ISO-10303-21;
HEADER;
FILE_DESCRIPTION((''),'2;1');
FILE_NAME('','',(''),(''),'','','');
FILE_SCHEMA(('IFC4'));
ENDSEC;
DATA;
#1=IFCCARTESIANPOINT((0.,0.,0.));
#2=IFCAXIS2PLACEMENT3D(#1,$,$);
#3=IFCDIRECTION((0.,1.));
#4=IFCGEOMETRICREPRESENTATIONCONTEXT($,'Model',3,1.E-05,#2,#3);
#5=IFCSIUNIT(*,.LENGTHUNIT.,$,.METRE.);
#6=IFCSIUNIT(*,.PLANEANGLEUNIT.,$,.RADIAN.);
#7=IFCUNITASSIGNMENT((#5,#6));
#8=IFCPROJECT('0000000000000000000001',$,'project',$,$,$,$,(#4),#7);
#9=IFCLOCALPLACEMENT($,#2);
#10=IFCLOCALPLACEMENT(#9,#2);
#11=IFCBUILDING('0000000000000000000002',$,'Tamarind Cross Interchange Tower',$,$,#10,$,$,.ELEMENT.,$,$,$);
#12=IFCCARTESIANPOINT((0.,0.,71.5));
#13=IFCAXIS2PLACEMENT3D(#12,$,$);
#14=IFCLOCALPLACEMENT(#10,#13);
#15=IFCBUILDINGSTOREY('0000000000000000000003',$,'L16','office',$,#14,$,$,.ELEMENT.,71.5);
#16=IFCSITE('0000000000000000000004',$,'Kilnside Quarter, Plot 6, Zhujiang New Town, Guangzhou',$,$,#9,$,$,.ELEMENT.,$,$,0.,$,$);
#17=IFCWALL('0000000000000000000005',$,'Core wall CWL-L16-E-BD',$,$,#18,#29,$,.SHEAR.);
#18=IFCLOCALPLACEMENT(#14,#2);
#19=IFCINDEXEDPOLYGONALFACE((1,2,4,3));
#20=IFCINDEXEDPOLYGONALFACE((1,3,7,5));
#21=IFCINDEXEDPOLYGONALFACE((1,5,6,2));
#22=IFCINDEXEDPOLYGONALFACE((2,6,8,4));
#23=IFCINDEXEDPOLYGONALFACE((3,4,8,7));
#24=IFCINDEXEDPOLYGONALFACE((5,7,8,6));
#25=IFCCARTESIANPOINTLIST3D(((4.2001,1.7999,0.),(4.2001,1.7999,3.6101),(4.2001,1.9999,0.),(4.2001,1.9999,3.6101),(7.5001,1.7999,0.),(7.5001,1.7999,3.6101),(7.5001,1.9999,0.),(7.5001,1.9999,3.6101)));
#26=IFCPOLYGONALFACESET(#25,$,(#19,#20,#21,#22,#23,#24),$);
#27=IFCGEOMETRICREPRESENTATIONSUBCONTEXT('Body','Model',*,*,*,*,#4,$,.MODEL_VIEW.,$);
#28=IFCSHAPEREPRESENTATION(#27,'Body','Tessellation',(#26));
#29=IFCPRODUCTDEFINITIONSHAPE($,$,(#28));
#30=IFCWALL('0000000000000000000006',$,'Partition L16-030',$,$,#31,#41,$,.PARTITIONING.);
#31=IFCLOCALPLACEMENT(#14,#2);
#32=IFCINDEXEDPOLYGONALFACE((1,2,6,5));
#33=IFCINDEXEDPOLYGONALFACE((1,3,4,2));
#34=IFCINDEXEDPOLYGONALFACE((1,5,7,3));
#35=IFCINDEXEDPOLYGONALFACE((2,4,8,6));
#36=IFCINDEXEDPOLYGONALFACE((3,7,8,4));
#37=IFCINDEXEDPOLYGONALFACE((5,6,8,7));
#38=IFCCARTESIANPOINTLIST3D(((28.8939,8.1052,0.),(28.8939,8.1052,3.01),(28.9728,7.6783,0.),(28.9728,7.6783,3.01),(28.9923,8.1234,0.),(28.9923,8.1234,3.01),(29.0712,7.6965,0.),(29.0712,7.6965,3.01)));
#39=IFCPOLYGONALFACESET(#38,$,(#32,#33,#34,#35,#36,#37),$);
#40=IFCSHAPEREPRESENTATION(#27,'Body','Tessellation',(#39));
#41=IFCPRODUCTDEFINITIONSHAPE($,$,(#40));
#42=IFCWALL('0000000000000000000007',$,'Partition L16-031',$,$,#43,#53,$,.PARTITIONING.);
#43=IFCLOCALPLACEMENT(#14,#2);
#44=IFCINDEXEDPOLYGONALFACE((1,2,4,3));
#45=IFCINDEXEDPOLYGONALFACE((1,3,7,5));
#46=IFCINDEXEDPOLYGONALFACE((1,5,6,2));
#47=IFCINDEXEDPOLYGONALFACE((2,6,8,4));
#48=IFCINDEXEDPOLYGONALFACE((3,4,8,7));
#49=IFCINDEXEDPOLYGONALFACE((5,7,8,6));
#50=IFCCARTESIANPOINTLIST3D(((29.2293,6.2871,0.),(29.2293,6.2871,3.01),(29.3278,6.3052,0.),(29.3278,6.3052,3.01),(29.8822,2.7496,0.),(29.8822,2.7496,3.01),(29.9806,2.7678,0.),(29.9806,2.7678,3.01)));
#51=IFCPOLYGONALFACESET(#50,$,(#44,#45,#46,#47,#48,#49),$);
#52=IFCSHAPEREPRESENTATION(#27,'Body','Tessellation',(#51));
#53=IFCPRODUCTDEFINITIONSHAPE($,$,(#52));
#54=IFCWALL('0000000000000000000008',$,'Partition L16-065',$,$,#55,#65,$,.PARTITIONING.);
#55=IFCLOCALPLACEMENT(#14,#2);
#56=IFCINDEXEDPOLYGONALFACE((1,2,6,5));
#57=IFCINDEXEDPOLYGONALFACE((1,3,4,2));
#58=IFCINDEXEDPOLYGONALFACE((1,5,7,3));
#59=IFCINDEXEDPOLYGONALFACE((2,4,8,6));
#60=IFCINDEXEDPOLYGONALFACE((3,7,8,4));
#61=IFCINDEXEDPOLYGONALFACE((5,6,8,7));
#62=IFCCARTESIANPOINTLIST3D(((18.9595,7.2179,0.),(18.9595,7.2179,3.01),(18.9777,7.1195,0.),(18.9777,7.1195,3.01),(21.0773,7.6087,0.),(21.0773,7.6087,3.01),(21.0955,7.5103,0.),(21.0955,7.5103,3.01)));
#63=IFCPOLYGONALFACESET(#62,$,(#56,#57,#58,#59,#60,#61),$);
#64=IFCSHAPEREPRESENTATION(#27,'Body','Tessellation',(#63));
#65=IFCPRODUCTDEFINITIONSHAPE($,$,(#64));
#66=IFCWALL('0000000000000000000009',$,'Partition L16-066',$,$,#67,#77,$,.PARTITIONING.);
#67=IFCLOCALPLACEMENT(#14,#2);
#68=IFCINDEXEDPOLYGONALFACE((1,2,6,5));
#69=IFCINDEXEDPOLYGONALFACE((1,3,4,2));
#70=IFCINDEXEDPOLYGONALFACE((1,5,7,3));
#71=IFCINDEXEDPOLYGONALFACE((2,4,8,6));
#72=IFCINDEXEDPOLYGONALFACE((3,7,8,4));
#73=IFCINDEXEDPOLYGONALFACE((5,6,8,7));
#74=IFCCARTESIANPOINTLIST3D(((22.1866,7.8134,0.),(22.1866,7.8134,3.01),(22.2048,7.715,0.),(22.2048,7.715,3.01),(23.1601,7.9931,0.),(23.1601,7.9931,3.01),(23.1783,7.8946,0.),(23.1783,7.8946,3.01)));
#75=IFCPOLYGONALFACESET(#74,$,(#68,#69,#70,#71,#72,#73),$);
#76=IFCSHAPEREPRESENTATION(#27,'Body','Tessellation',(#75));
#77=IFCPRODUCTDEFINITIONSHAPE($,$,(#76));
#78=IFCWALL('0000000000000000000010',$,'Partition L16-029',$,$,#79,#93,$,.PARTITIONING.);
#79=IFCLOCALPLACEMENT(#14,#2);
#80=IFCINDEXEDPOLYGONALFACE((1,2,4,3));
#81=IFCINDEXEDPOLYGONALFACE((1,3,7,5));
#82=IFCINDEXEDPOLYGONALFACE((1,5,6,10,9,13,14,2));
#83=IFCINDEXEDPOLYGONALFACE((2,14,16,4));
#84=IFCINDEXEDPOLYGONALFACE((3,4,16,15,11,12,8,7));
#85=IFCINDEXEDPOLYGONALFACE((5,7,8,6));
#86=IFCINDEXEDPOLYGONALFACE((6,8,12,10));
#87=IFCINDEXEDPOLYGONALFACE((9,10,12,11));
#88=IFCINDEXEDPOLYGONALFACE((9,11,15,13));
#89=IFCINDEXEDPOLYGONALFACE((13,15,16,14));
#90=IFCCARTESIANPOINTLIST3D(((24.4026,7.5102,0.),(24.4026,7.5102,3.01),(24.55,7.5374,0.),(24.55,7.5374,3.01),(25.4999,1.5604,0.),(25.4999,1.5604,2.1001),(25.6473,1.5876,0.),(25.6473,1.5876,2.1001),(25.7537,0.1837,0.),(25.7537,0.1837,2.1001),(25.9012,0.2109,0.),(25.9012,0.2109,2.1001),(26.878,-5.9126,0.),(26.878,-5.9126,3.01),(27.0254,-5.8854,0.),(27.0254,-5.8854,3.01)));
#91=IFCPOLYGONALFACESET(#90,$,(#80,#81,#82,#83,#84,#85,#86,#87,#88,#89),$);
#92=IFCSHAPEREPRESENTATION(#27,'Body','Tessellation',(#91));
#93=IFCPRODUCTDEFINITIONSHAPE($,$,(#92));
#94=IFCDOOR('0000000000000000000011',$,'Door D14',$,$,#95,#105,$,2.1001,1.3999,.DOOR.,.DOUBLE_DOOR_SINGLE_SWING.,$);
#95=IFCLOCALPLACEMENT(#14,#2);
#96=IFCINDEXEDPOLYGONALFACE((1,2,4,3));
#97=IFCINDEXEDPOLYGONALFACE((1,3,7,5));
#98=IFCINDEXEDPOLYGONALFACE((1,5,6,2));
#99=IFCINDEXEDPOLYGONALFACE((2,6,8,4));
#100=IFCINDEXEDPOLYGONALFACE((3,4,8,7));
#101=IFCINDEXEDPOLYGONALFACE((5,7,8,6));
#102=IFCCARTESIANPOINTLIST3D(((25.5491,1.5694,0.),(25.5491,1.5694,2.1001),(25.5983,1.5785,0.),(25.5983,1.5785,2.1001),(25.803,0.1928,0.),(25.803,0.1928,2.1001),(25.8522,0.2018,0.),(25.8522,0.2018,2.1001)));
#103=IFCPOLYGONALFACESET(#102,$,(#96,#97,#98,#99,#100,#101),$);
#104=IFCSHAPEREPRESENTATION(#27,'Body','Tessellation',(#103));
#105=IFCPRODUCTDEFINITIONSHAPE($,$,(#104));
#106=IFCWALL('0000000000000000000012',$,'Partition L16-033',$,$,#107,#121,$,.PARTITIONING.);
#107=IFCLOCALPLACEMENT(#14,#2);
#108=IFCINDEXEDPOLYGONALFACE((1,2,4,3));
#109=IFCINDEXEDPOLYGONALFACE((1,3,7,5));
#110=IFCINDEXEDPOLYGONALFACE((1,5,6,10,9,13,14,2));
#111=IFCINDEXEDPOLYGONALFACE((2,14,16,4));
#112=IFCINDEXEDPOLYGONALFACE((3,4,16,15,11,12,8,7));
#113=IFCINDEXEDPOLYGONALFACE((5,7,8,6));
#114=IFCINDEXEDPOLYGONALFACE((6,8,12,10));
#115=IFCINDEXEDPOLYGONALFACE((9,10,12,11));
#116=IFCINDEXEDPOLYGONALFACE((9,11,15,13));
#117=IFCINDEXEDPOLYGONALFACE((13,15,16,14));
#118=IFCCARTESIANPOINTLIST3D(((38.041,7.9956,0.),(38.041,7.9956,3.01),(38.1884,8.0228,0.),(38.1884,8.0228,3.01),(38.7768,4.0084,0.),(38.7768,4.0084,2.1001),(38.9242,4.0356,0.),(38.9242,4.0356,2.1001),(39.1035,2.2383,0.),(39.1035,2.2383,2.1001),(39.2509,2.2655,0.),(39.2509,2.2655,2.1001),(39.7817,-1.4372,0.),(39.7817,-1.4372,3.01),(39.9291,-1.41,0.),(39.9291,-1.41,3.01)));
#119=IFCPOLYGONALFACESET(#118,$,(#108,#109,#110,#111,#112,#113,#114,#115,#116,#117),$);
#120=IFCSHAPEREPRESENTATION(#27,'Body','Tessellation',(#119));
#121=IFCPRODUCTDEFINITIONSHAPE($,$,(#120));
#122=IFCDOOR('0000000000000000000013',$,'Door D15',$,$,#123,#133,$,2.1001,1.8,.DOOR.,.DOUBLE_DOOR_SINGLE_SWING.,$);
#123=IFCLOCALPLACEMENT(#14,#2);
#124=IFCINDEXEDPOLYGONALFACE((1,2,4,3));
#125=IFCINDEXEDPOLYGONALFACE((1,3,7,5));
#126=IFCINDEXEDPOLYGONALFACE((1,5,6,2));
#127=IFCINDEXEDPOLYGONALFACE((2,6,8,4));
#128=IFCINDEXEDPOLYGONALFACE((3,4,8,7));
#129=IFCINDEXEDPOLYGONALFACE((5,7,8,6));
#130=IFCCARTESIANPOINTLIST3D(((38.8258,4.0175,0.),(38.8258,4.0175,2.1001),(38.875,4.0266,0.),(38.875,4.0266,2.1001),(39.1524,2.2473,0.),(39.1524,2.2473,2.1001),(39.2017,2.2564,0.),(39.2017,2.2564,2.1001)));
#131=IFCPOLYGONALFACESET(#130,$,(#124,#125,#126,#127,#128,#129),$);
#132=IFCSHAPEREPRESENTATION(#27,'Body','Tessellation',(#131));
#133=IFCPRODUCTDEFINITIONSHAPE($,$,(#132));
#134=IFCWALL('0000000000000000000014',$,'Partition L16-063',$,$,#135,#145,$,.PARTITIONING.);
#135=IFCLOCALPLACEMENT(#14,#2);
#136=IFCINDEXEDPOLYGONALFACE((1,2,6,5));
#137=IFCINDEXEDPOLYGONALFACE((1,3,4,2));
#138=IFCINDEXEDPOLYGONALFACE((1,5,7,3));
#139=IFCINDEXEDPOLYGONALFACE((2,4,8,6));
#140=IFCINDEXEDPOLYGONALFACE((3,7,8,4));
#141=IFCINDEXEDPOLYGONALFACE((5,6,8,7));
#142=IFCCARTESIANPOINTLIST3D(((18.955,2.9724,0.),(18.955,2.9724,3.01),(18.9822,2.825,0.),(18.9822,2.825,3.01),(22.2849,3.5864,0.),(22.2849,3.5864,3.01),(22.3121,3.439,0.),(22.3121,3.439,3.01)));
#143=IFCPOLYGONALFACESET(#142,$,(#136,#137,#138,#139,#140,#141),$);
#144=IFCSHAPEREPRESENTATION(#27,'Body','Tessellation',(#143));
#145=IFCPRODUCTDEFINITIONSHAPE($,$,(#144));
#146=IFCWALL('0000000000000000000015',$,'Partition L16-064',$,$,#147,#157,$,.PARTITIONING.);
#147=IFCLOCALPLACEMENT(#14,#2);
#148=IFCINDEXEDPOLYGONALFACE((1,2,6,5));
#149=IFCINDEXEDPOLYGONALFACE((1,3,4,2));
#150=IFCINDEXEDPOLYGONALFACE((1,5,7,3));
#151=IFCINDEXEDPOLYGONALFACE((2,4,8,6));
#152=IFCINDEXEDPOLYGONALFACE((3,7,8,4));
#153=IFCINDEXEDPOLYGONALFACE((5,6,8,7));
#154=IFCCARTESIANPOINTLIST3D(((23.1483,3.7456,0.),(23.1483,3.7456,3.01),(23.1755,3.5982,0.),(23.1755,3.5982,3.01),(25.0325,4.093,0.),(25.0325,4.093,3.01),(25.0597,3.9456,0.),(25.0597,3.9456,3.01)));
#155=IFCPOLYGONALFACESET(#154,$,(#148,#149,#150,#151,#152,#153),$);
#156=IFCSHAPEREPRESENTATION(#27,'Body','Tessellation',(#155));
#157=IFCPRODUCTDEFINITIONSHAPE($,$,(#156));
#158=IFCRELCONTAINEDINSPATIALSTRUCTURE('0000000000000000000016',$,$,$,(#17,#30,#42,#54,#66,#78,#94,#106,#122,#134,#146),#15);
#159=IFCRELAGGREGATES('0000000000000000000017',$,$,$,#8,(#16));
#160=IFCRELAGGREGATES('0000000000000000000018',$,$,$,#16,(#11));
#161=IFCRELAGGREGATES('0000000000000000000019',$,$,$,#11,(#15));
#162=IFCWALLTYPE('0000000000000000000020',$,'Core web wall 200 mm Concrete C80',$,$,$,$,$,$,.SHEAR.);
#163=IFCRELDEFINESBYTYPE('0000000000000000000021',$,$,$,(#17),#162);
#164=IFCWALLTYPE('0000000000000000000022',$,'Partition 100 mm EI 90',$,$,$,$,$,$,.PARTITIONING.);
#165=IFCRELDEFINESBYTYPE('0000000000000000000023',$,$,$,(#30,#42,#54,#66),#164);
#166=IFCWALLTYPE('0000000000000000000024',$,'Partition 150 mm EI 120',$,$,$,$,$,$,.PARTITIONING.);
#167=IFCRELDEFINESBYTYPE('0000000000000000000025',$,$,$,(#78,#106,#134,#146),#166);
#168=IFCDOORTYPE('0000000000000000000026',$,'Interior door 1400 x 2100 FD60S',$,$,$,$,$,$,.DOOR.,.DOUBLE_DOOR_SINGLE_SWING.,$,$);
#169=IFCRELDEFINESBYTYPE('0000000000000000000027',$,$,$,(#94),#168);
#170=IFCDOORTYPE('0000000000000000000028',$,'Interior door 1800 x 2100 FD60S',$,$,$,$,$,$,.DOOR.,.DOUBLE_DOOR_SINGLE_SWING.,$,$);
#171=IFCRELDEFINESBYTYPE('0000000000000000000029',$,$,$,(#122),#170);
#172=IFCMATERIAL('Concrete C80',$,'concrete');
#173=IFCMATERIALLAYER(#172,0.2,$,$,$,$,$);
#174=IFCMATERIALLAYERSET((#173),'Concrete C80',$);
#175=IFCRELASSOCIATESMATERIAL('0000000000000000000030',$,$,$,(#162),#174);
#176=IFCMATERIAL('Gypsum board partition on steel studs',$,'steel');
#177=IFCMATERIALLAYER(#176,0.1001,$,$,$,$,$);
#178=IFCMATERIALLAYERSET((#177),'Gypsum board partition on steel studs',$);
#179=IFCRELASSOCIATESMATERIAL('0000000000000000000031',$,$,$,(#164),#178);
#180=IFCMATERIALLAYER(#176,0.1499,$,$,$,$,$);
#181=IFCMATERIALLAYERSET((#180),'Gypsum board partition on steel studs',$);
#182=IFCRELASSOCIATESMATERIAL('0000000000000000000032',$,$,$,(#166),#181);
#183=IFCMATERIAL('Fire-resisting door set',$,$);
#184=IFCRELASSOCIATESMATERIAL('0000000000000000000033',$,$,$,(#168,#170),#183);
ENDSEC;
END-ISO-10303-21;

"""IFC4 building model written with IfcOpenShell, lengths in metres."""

from ifc_helpers import new_model, si_unit, direction, frame, frame_2d, origin, place, context, subcontext, project, spatial, rectangle, extrude, material, layer, layer_set, type_object, element, fill, save


model = new_model("IFC4")

# Units and contexts
model_context = context("Model", 3, precision=1e-05, world=origin(), true_north=direction((0.0, 1.0)))
body_context = subcontext(model_context, "Body", "Model", "MODEL_VIEW")
ifc_project = project(units=[si_unit("LENGTHUNIT", "METRE"), si_unit("PLANEANGLEUNIT", "RADIAN")], contexts=[model_context])

# Site, building, storey
site_placement = place(None, origin())
site = spatial("IfcSite", under=ifc_project, at=site_placement, Name="Kilnside Quarter, Plot 6, Zhujiang New Town, Guangzhou", CompositionType="ELEMENT", RefElevation=0.0)
building_placement = place(site_placement, origin())
building = spatial("IfcBuilding", under=site, at=building_placement, Name="Tamarind Cross Interchange Tower", CompositionType="ELEMENT")
storey_placement = place(building_placement, frame((0.0, 0.0, 71.5)))
storey = spatial("IfcBuildingStorey", under=building, at=storey_placement, Name="L16", Description="office", CompositionType="ELEMENT", Elevation=71.5)

# Walls
ifc_material_1 = material(Name="Concrete C80", Category="concrete")
ifc_layer_1 = layer(ifc_material_1, 0.2)
ifc_layer_set_1 = layer_set([ifc_layer_1], Name="Concrete C80")
wall_type_1 = type_object("IfcWallType", Name="Core web wall 200 mm Concrete C80", PredefinedType="SHEAR", material=ifc_layer_set_1)
wall_1_placement = place(storey_placement, frame((7.5, 1.8999, 0.0), z_axis=(0.0, 0.0, 1.0), x_axis=(-1.0, 0.0, 0.0)))
element("IfcWall", 1, at=wall_1_placement, inside=storey, type_object=wall_type_1, Name="Core wall CWL-L16-E-BD", PredefinedType="SHEAR", context=body_context, shape_type="SweptSolid", body=[
    extrude(rectangle(XDim=3.3, YDim=0.2, at=frame_2d((1.6499, 0.0))), origin(), (0.0, 0.0, 1.0), 3.6101),
])
ifc_material_2 = material(Name="Gypsum board partition on steel studs", Category="steel")
ifc_layer_2 = layer(ifc_material_2, 0.1001)
ifc_layer_set_2 = layer_set([ifc_layer_2], Name="Gypsum board partition on steel studs")
wall_type_2 = type_object("IfcWallType", Name="Partition 100 mm EI 90", PredefinedType="PARTITIONING", material=ifc_layer_set_2)
wall_2_placement = place(storey_placement, frame((28.9431, 8.1143, 0.0), z_axis=(0.0, 0.0, 1.0), x_axis=(0.181706, -0.983353, 0.0)))
element("IfcWall", 2, at=wall_2_placement, inside=storey, type_object=wall_type_2, Name="Partition L16-030", PredefinedType="PARTITIONING", context=body_context, shape_type="SweptSolid", body=[
    extrude(rectangle(XDim=0.4341, YDim=0.1001, at=frame_2d((0.217, 0.0))), origin(), (0.0, 0.0, 1.0), 3.01),
])
wall_3_placement = place(storey_placement, frame((29.2786, 6.2961, 0.0), z_axis=(0.0, 0.0, 1.0), x_axis=(0.181489, -0.983393, 0.0)))
element("IfcWall", 3, at=wall_3_placement, inside=storey, type_object=wall_type_2, Name="Partition L16-031", PredefinedType="PARTITIONING", context=body_context, shape_type="SweptSolid", body=[
    extrude(rectangle(XDim=3.5972, YDim=0.1001, at=frame_2d((1.7986, 0.0))), origin(), (0.0, 0.0, 1.0), 3.01),
])
wall_4_placement = place(storey_placement, frame((18.9688, 7.1687, 0.0), z_axis=(0.0, 0.0, 1.0), x_axis=(0.983393, 0.181488, 0.0)))
element("IfcWall", 4, at=wall_4_placement, inside=storey, type_object=wall_type_2, Name="Partition L16-065", PredefinedType="PARTITIONING", context=body_context, shape_type="SweptSolid", body=[
    extrude(rectangle(XDim=2.1536, YDim=0.1001, at=frame_2d((1.0767, 0.0))), origin(), (0.0, 0.0, 1.0), 3.01),
])
wall_5_placement = place(storey_placement, frame((22.1956, 7.7642, 0.0), z_axis=(0.0, 0.0, 1.0), x_axis=(0.983393, 0.181489, 0.0)))
element("IfcWall", 5, at=wall_5_placement, inside=storey, type_object=wall_type_2, Name="Partition L16-066", PredefinedType="PARTITIONING", context=body_context, shape_type="SweptSolid", body=[
    extrude(rectangle(XDim=0.99, YDim=0.1001, at=frame_2d((0.4951, 0.0))), origin(), (0.0, 0.0, 1.0), 3.01),
])

# Walls, openings, doors
ifc_layer_3 = layer(ifc_material_2, 0.1499)
ifc_layer_set_3 = layer_set([ifc_layer_3], Name="Gypsum board partition on steel studs")
wall_type_3 = type_object("IfcWallType", Name="Partition 150 mm EI 120", PredefinedType="PARTITIONING", material=ifc_layer_set_3)
wall_6_placement = place(storey_placement, frame((24.4763, 7.5239, 0.0), z_axis=(0.0, 0.0, 1.0), x_axis=(0.181355, -0.983418, 0.0)))
wall_6 = element("IfcWall", 6, at=wall_6_placement, inside=storey, type_object=wall_type_3, Name="Partition L16-029", PredefinedType="PARTITIONING", context=body_context, shape_type="SweptSolid", body=[
    extrude(rectangle(XDim=13.6492, YDim=0.1499, at=frame_2d((6.8247, 0.0))), origin(), (0.0, 0.0, 1.0), 3.01),
])
opening_1_placement = place(wall_6_placement, frame((6.0503, 0.0, 0.0)))
opening_1 = element("IfcOpeningElement", 7, at=opening_1_placement, cuts=wall_6, PredefinedType="OPENING", context=body_context, shape_type="SweptSolid", body=[
    extrude(rectangle(XDim=1.3999, YDim=2.1001, at=frame_2d((0.7, 1.05))), frame((0.0, 0.085, 0.0), z_axis=(0.0, -1.0, 0.0), x_axis=(1.0, 0.0, 0.0)), (0.0, 0.0, 1.0), 0.1699),
])
ifc_material_3 = material(Name="Fire-resisting door set")
door_type_1 = type_object("IfcDoorType", Name="Interior door 1400 x 2100 FD60S", OperationType="DOUBLE_DOOR_SINGLE_SWING", PredefinedType="DOOR", material=ifc_material_3)
door_1_placement = place(opening_1_placement, frame((1.3999, 0.0, 0.0), z_axis=(0.0, 0.0, 1.0), x_axis=(-1.0, 0.0, 0.0)))
door_1 = element("IfcDoor", 8, at=door_1_placement, inside=storey, type_object=door_type_1, Name="Door D14", OperationType="DOUBLE_DOOR_SINGLE_SWING", OverallHeight=2.1001, OverallWidth=1.3999, PredefinedType="DOOR", context=body_context, shape_type="SweptSolid", body=[
    extrude(rectangle(XDim=1.3999, YDim=2.1001, at=frame_2d((0.7, 1.05))), frame((0.0, 0.0249, 0.0), z_axis=(0.0, -1.0, 0.0), x_axis=(1.0, 0.0, 0.0)), (0.0, 0.0, 1.0), 0.05),
])
fill(opening_1, door_1)
wall_7_placement = place(storey_placement, frame((38.1147, 8.009, 0.0), z_axis=(0.0, 0.0, 1.0), x_axis=(0.181474, -0.983396, 0.0)))
wall_7 = element("IfcWall", 9, at=wall_7_placement, inside=storey, type_object=wall_type_3, Name="Partition L16-033", PredefinedType="PARTITIONING", context=body_context, shape_type="SweptSolid", body=[
    extrude(rectangle(XDim=9.592, YDim=0.1499, at=frame_2d((4.7959, 0.0))), origin(), (0.0, 0.0, 1.0), 3.01),
])
opening_2_placement = place(wall_7_placement, frame((4.0544, 0.0, 0.0)))
opening_2 = element("IfcOpeningElement", 10, at=opening_2_placement, cuts=wall_7, PredefinedType="OPENING", context=body_context, shape_type="SweptSolid", body=[
    extrude(rectangle(XDim=1.8, YDim=2.1001, at=frame_2d((0.8999, 1.05))), frame((0.0, 0.085, 0.0), z_axis=(0.0, -1.0, 0.0), x_axis=(1.0, 0.0, 0.0)), (0.0, 0.0, 1.0), 0.1699),
])
door_type_2 = type_object("IfcDoorType", Name="Interior door 1800 x 2100 FD60S", OperationType="DOUBLE_DOOR_SINGLE_SWING", PredefinedType="DOOR", material=ifc_material_3)
door_2_placement = place(opening_2_placement, origin())
door_2 = element("IfcDoor", 11, at=door_2_placement, inside=storey, type_object=door_type_2, Name="Door D15", OperationType="DOUBLE_DOOR_SINGLE_SWING", OverallHeight=2.1001, OverallWidth=1.8, PredefinedType="DOOR", context=body_context, shape_type="SweptSolid", body=[
    extrude(rectangle(XDim=1.8, YDim=2.1001, at=frame_2d((0.8999, 1.05))), frame((0.0, 0.0249, 0.0), z_axis=(0.0, -1.0, 0.0), x_axis=(1.0, 0.0, 0.0)), (0.0, 0.0, 1.0), 0.05),
])
fill(opening_2, door_2)

# Walls
wall_8_placement = place(storey_placement, frame((18.9688, 2.8987, 0.0), z_axis=(0.0, 0.0, 1.0), x_axis=(0.98342, 0.18134, 0.0)))
element("IfcWall", 12, at=wall_8_placement, inside=storey, type_object=wall_type_3, Name="Partition L16-063", PredefinedType="PARTITIONING", context=body_context, shape_type="SweptSolid", body=[
    extrude(rectangle(XDim=3.386, YDim=0.1499, at=frame_2d((1.6929, 0.0))), origin(), (0.0, 0.0, 1.0), 3.01),
])
wall_9_placement = place(storey_placement, frame((23.1619, 3.6719, 0.0), z_axis=(0.0, 0.0, 1.0), x_axis=(0.983425, 0.181318, 0.0)))
element("IfcWall", 13, at=wall_9_placement, inside=storey, type_object=wall_type_3, Name="Partition L16-064", PredefinedType="PARTITIONING", context=body_context, shape_type="SweptSolid", body=[
    extrude(rectangle(XDim=1.916, YDim=0.1499, at=frame_2d((0.958, 0.0))), origin(), (0.0, 0.0, 1.0), 3.01),
])

save(model, "model.ifc")
